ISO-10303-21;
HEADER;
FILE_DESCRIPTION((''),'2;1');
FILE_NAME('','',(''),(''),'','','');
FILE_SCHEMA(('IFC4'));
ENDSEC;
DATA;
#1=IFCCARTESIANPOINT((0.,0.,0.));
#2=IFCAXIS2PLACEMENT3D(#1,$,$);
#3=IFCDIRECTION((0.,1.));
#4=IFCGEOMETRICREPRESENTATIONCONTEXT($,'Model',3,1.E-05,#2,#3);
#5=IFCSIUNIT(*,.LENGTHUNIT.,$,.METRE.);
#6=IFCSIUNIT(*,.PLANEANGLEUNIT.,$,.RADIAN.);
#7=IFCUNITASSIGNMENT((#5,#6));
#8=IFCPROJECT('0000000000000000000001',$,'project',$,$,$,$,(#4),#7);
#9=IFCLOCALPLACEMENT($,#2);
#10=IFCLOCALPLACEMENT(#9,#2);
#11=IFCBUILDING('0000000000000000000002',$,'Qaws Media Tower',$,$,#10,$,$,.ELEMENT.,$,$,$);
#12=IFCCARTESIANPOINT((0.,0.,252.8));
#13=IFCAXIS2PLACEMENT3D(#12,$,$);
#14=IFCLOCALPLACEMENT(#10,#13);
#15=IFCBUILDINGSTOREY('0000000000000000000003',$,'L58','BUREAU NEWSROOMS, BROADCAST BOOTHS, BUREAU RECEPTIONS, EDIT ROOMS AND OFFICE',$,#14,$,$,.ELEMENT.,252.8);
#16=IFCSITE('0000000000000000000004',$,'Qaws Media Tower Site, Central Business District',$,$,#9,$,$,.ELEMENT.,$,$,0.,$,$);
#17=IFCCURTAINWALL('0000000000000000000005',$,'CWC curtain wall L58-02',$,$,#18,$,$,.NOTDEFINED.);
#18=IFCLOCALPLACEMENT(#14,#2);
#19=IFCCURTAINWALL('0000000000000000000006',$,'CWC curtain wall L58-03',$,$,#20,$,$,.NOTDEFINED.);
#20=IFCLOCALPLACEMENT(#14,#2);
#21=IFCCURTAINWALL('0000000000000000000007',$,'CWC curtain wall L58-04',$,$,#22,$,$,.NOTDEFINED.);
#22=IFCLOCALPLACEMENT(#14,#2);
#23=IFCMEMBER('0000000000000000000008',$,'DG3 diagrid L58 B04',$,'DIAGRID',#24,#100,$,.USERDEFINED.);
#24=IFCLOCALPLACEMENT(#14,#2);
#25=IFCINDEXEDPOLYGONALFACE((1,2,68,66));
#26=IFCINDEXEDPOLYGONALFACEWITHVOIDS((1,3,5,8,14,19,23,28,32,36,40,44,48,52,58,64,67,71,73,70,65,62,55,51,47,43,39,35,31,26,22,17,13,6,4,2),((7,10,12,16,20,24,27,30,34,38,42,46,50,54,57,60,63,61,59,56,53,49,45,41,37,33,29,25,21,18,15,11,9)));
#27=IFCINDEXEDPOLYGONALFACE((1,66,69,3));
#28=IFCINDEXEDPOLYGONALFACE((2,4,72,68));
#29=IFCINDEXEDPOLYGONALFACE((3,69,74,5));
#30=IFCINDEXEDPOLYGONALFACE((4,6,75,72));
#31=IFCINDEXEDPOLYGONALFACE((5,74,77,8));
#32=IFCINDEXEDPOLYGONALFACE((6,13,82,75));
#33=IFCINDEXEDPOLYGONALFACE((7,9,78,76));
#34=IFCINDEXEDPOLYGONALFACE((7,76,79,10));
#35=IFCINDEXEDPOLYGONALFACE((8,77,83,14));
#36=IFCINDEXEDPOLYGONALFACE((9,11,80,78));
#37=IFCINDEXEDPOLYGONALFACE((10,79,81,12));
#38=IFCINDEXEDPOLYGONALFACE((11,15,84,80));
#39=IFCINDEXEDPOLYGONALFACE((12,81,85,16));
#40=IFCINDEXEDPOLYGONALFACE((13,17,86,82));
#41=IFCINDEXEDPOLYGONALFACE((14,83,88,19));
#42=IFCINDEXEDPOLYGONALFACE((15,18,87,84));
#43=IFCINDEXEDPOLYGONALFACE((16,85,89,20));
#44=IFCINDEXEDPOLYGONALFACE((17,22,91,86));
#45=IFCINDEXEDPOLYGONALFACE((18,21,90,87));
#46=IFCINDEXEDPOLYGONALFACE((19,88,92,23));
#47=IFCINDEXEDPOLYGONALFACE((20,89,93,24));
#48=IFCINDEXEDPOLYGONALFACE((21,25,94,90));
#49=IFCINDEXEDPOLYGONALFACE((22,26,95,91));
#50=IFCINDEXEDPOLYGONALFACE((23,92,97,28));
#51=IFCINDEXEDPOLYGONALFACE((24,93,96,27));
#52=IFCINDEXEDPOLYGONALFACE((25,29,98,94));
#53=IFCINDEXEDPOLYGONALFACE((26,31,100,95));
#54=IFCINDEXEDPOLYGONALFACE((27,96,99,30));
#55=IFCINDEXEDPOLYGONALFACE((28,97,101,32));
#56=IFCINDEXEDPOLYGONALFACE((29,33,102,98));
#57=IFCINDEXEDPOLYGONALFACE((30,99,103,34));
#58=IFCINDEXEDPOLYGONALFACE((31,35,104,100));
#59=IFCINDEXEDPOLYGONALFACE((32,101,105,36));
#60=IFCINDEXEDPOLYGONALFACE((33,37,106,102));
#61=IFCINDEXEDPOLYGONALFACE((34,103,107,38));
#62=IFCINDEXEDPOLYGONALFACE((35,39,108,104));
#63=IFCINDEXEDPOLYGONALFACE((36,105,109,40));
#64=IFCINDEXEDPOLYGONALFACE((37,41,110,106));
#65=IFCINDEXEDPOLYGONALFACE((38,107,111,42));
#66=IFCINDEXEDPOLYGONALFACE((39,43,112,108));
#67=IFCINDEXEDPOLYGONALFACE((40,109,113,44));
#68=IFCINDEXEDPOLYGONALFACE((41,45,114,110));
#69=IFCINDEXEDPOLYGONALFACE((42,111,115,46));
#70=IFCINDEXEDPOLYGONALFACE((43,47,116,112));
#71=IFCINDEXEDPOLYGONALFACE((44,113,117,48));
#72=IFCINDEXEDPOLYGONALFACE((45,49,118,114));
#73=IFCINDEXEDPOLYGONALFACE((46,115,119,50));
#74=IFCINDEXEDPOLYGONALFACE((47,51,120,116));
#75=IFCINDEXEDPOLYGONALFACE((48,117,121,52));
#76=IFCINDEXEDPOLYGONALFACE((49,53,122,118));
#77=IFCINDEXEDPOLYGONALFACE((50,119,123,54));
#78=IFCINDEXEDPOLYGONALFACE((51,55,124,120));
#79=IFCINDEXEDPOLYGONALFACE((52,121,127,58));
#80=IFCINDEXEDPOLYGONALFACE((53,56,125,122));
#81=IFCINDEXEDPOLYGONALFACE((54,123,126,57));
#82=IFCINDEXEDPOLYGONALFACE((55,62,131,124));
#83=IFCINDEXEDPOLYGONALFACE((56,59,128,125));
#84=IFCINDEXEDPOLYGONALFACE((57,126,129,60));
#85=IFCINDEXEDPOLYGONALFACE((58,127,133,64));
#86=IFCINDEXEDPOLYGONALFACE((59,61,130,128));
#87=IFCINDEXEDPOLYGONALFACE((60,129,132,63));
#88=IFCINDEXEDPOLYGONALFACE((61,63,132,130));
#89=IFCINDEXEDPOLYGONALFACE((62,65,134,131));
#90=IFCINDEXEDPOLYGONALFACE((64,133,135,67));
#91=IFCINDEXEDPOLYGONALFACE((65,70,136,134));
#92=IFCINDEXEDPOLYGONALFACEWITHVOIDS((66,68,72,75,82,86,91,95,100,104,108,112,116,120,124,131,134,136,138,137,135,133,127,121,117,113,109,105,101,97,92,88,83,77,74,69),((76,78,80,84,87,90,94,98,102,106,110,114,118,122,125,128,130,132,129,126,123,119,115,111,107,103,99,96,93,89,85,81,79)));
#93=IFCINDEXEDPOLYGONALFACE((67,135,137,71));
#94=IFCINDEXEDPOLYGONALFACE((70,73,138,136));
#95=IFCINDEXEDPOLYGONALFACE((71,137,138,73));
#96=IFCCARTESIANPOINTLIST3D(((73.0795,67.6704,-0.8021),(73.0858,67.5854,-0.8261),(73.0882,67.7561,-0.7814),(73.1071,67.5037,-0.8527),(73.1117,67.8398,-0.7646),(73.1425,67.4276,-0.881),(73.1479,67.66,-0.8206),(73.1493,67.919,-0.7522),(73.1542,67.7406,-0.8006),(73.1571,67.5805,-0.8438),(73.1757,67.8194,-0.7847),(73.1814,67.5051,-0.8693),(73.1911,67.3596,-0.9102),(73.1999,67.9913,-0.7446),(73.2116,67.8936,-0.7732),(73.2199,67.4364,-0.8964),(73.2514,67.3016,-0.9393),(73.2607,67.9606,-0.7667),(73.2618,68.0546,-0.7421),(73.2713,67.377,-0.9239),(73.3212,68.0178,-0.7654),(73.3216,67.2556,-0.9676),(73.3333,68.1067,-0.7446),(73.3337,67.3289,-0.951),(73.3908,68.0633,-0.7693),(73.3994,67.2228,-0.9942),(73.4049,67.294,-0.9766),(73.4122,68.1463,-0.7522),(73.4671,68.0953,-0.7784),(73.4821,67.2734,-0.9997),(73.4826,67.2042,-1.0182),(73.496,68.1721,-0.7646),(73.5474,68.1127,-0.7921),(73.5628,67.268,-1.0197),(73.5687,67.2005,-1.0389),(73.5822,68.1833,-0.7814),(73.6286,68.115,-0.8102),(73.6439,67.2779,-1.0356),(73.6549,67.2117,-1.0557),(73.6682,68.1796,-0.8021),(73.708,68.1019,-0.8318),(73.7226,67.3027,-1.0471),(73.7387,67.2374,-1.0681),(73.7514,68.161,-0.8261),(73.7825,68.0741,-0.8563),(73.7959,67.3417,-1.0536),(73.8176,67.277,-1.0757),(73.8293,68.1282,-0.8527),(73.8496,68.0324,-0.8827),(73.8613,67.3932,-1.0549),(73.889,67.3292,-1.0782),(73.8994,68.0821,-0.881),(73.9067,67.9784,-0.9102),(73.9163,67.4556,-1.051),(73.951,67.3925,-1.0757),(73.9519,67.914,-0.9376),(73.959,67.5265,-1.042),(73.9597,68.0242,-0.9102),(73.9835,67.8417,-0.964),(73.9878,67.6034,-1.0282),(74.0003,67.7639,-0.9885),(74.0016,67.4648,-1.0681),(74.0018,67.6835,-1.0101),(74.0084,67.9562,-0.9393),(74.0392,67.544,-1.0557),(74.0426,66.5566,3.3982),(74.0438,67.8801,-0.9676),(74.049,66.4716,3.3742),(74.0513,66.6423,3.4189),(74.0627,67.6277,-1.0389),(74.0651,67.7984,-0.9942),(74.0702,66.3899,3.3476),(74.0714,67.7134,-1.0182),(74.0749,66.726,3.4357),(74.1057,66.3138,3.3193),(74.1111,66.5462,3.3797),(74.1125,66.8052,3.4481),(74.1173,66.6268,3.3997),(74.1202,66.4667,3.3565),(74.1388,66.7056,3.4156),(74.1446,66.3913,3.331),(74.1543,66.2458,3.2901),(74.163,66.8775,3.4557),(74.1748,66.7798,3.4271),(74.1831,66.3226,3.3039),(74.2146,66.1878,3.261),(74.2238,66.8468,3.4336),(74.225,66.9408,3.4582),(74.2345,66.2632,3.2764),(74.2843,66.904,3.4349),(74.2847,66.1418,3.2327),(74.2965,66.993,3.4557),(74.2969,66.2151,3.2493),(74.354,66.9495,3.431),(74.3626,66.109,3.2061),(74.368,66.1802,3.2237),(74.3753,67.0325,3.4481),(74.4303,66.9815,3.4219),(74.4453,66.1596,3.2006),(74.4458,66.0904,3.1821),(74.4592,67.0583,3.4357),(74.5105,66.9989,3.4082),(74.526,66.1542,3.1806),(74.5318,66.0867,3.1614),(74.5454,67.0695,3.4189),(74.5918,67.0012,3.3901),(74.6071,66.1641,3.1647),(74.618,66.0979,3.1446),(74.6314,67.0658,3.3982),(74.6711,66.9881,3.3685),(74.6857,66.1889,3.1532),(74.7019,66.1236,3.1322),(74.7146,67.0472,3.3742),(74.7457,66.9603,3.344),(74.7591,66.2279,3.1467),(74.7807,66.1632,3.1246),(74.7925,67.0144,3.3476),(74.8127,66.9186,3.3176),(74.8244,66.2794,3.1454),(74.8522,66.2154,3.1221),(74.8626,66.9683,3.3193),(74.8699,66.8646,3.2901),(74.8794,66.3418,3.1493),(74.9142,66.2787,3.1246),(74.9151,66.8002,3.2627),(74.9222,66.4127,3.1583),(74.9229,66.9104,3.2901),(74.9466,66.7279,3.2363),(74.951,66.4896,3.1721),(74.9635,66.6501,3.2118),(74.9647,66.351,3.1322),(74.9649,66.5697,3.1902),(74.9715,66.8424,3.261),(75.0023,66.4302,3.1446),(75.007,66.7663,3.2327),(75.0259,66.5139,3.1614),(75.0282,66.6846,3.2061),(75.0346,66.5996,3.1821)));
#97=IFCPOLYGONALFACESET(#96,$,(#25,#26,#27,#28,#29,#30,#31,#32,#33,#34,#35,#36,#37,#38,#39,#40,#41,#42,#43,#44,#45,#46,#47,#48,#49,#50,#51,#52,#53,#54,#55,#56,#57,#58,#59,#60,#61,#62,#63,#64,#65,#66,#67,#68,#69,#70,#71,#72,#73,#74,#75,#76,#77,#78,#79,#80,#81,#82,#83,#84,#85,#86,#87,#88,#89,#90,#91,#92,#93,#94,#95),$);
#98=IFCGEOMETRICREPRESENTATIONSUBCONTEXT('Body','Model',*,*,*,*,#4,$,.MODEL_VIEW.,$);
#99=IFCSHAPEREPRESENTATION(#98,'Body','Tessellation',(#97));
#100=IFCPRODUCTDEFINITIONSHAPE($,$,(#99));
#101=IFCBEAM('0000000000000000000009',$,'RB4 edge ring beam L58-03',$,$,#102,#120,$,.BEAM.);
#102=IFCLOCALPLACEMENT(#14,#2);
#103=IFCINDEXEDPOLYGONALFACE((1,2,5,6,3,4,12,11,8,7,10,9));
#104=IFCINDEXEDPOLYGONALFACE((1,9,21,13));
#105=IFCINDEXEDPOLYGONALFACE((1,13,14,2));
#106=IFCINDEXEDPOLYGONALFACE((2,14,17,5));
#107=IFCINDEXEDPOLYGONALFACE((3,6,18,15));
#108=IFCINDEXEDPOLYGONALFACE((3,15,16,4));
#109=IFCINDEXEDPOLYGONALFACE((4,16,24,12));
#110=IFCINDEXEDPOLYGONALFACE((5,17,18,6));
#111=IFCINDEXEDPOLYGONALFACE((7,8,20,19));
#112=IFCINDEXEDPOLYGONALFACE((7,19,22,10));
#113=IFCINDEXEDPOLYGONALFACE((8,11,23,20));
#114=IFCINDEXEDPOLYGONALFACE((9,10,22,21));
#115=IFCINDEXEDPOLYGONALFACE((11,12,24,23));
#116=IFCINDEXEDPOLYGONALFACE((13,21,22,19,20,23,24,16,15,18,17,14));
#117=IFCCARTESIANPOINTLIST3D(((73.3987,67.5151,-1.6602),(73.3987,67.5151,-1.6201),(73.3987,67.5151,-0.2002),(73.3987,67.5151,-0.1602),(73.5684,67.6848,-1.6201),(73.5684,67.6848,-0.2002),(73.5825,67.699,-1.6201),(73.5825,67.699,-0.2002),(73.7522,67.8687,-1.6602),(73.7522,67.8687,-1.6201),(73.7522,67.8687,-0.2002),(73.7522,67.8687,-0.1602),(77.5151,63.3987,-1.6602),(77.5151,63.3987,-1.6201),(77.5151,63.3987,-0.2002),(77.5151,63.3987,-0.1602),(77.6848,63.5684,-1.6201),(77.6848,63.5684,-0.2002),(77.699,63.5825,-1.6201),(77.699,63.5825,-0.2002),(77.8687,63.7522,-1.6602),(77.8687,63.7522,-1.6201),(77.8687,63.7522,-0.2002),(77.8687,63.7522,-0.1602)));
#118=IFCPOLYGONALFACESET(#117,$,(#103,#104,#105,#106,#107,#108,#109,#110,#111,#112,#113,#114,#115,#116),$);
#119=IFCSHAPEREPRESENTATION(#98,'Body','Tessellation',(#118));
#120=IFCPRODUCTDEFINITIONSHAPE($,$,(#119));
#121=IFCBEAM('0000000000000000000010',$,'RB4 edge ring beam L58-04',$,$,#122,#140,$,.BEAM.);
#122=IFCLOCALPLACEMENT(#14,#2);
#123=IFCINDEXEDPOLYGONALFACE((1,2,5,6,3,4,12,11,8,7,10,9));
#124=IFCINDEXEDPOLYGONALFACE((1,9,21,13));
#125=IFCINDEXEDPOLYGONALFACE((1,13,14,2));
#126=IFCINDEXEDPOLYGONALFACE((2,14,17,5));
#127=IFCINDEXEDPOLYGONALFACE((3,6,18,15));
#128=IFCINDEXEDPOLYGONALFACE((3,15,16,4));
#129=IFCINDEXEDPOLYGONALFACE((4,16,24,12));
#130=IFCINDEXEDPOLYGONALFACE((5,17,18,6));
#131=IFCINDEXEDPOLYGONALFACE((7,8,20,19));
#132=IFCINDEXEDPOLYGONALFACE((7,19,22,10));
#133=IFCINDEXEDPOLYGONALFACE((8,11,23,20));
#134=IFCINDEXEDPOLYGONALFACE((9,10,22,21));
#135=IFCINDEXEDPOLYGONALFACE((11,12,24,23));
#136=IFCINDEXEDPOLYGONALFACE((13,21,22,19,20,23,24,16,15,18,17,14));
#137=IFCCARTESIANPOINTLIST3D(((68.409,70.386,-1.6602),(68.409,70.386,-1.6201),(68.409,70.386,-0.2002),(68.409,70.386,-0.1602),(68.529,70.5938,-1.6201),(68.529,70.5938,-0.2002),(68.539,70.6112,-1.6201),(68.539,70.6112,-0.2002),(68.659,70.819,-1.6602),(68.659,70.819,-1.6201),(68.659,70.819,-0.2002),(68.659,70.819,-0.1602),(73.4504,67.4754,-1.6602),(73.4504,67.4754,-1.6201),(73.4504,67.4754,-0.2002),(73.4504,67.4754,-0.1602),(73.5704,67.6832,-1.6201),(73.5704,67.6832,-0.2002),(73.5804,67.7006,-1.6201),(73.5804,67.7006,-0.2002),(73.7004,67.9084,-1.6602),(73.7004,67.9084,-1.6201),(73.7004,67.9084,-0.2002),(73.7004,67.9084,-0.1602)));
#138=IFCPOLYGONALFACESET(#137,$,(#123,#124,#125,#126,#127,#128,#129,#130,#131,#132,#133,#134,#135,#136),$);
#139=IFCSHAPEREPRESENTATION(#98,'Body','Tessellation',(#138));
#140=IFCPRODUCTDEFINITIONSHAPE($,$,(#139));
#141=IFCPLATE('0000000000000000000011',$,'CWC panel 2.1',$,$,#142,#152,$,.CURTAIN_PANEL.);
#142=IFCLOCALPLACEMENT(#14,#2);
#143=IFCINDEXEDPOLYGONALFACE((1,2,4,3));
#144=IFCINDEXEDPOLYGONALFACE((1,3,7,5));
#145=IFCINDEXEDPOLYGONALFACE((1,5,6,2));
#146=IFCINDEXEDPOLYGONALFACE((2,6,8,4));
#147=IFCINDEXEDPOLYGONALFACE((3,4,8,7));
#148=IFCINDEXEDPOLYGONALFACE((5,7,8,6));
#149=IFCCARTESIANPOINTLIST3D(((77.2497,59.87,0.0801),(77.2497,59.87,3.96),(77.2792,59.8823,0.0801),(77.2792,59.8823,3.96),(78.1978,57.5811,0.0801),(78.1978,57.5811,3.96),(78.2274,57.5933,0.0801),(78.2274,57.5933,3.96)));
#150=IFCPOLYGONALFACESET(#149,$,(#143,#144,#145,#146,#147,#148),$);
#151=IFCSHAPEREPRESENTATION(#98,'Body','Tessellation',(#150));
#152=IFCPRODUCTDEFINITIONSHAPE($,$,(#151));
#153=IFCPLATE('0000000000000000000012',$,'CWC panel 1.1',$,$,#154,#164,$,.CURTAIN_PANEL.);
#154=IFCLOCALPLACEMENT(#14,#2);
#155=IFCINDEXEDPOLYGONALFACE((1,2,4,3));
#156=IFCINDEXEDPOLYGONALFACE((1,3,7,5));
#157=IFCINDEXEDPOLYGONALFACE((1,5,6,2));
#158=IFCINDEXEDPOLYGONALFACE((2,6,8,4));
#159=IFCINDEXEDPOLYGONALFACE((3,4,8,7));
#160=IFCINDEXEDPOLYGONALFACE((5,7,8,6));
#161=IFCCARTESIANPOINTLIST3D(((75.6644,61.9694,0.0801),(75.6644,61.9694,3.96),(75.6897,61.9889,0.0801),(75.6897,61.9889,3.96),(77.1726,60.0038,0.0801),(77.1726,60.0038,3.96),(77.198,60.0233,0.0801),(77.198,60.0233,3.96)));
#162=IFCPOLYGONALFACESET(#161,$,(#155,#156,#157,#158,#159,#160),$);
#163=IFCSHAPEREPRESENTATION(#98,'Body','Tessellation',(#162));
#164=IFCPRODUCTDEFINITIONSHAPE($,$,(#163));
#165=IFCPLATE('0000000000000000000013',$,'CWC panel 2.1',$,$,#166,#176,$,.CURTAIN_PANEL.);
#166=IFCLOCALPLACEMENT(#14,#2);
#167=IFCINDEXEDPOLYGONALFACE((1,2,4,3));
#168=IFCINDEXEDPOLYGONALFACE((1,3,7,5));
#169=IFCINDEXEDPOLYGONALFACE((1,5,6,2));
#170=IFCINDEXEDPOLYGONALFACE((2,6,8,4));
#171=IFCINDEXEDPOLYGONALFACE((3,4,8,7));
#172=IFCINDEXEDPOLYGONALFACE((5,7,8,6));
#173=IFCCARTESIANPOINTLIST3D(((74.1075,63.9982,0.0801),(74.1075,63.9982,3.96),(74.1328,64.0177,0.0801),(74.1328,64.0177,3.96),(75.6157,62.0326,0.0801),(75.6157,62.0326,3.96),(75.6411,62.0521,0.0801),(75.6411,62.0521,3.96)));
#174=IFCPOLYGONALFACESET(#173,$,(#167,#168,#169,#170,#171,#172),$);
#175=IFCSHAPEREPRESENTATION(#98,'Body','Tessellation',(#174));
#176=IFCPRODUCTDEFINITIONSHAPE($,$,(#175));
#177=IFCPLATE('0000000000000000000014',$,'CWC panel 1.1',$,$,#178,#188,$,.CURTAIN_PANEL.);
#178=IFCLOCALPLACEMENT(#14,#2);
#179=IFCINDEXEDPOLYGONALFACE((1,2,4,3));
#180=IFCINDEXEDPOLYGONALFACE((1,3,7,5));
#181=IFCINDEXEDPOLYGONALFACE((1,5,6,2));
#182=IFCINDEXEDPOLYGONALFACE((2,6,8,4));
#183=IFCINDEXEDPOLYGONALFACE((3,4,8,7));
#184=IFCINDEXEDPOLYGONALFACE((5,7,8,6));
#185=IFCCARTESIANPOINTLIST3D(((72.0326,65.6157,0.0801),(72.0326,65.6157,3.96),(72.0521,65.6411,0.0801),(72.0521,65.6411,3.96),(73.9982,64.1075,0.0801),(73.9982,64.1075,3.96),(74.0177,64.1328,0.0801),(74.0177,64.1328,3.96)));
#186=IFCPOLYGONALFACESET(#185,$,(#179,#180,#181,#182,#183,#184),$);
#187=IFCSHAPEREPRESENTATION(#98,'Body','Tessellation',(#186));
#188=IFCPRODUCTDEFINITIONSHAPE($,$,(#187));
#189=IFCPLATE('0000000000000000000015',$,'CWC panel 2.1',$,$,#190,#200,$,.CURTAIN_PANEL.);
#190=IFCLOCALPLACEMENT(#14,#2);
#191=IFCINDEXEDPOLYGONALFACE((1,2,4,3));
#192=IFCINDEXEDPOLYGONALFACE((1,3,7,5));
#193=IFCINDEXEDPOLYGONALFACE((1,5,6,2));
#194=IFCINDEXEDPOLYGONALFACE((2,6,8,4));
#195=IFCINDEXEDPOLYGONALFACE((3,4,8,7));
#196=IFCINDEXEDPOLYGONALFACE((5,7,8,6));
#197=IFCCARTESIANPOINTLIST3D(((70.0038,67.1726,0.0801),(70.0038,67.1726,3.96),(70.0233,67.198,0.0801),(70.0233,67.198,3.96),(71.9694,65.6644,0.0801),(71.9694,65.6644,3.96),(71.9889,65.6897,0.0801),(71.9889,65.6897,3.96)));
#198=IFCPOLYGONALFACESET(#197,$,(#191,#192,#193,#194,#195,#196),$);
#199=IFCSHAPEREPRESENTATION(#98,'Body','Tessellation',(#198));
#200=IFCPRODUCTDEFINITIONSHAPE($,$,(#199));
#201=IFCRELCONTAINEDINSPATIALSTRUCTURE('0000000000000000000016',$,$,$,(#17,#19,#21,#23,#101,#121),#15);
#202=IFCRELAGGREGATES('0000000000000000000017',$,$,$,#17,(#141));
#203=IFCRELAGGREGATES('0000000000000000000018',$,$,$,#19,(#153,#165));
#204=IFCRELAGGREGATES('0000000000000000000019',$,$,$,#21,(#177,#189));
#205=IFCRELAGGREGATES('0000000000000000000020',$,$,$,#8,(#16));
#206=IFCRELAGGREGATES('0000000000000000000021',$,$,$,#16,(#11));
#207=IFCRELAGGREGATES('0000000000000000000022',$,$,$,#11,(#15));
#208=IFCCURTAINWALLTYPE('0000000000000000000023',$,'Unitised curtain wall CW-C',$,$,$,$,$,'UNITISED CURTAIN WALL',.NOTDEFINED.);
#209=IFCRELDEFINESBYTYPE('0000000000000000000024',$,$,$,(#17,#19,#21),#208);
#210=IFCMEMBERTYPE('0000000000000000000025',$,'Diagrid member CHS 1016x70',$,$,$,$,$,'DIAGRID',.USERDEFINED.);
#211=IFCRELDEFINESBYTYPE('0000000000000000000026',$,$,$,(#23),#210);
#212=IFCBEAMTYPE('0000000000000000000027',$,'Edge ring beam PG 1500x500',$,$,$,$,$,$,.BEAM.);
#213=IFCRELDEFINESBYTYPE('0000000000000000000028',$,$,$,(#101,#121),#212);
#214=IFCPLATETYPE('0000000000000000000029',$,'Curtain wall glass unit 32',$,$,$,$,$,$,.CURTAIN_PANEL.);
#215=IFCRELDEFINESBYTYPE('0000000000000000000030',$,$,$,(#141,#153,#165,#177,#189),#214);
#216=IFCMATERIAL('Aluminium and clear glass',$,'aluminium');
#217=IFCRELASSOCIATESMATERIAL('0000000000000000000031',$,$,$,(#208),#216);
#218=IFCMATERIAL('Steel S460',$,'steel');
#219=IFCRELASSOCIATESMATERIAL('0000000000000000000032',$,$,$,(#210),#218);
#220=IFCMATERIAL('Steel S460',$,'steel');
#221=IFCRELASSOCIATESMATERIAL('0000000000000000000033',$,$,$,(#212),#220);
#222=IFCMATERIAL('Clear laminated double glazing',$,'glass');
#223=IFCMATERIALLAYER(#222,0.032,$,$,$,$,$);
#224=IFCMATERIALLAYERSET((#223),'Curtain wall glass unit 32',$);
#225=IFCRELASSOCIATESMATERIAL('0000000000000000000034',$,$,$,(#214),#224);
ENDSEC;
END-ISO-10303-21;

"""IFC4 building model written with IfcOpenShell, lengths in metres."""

from ifc_helpers import new_model, si_unit, direction, frame, origin, origin_2d, place, context, subcontext, project, spatial, rectangle, hollow_circle, i_section, extrude, material, layer, layer_set, material_profile, profile_set, type_object, element, aggregate, save


model = new_model("IFC4")

# Units and contexts
model_context = context("Model", 3, precision=1e-05, world=origin(), true_north=direction((0.0, 1.0)))
body_context = subcontext(model_context, "Body", "Model", "MODEL_VIEW")
ifc_project = project(units=[si_unit("LENGTHUNIT", "METRE"), si_unit("PLANEANGLEUNIT", "RADIAN")], contexts=[model_context])

# Site, building, storey
site_placement = place(None, origin())
site = spatial("IfcSite", under=ifc_project, at=site_placement, Name="Qaws Media Tower Site, Central Business District", CompositionType="ELEMENT", RefElevation=0.0)
building_placement = place(site_placement, origin())
building = spatial("IfcBuilding", under=site, at=building_placement, Name="Qaws Media Tower", CompositionType="ELEMENT")
storey_placement = place(building_placement, frame((0.0, 0.0, 252.8)))
storey = spatial("IfcBuildingStorey", under=building, at=storey_placement, Name="L58", Description="BUREAU NEWSROOMS, BROADCAST BOOTHS, BUREAU RECEPTIONS, EDIT ROOMS AND OFFICE", CompositionType="ELEMENT", Elevation=252.8)

# Curtain wall
ifc_material_1 = material(Name="Aluminium and clear glass", Category="aluminium")
curtain_wall_type = type_object("IfcCurtainWallType", Name="Unitised curtain wall CW-C", ElementType="UNITISED CURTAIN WALL", PredefinedType="NOTDEFINED", material=ifc_material_1)
curtain_wall_1_placement = place(storey_placement, origin())
curtain_wall_1 = element("IfcCurtainWall", 1, at=curtain_wall_1_placement, inside=storey, type_object=curtain_wall_type, Name="CWC curtain wall L58-02", PredefinedType="NOTDEFINED")

# Curtain walls
curtain_wall_2_placement = place(storey_placement, origin())
curtain_wall_2 = element("IfcCurtainWall", 2, at=curtain_wall_2_placement, inside=storey, type_object=curtain_wall_type, Name="CWC curtain wall L58-03", PredefinedType="NOTDEFINED")
curtain_wall_3_placement = place(storey_placement, origin())
curtain_wall_3 = element("IfcCurtainWall", 3, at=curtain_wall_3_placement, inside=storey, type_object=curtain_wall_type, Name="CWC curtain wall L58-04", PredefinedType="NOTDEFINED")

# Member
ifc_material_2 = material(Name="Steel S460", Category="steel")
ifc_material_profile_1 = material_profile(ifc_material_2, hollow_circle(Radius=0.5081, WallThickness=0.0701, at=origin_2d()), Name="CHS 1016x70")
ifc_profile_set_1 = profile_set([ifc_material_profile_1], Name="Steel S460")
member_type_1 = type_object("IfcMemberType", Name="Diagrid member CHS 1016x70", ElementType="DIAGRID", PredefinedType="USERDEFINED", material=ifc_profile_set_1)
for number, where, z_axis, x_axis, name in (
    (4, (73.5754, 67.6919, -0.9102), (0.216395, -0.250239, 0.943691), (0.756405, 0.654103, 0.0), "DG3 diagrid L58 B04"),
):
    element("IfcMember", number, at=place(storey_placement, frame(where, z_axis=z_axis, x_axis=x_axis)), inside=storey, type_object=member_type_1, Name=name, ObjectType="DIAGRID", PredefinedType="USERDEFINED", context=body_context, shape_type="SweptSolid", body=[
        extrude(hollow_circle(Radius=0.5081, WallThickness=0.0701, at=origin_2d()), origin(), (0.0, 0.0, 1.0), 4.4509),
    ])

# Beams
ifc_material_3 = material(Name="Steel S460", Category="steel")
ifc_material_profile_2 = material_profile(ifc_material_3, i_section(OverallWidth=0.5, OverallDepth=1.5, WebThickness=0.02, FlangeThickness=0.04, at=origin_2d()), Name="PG 1500x500")
ifc_profile_set_2 = profile_set([ifc_material_profile_2], Name="Steel S460")
beam_type = type_object("IfcBeamType", Name="Edge ring beam PG 1500x500", PredefinedType="BEAM", material=ifc_profile_set_2)
beam_1_placement = place(storey_placement, frame((77.6919, 63.5754, -0.9102), z_axis=(-0.707107, 0.707107, 0.0), x_axis=(-0.707107, -0.707107, 0.0)))
element("IfcBeam", 5, at=beam_1_placement, inside=storey, type_object=beam_type, Name="RB4 edge ring beam L58-03", PredefinedType="BEAM", context=body_context, shape_type="SweptSolid", body=[
    extrude(i_section(OverallWidth=0.5, OverallDepth=1.5, WebThickness=0.02, FlangeThickness=0.04, at=origin_2d()), origin(), (0.0, 0.0, 1.0), 5.8215),
])
beam_2_placement = place(storey_placement, frame((73.5754, 67.6919, -0.9102), z_axis=(-0.866031, 0.499991, 0.0), x_axis=(-0.499991, -0.866031, 0.0)))
element("IfcBeam", 6, at=beam_2_placement, inside=storey, type_object=beam_type, Name="RB4 edge ring beam L58-04", PredefinedType="BEAM", context=body_context, shape_type="SweptSolid", body=[
    extrude(i_section(OverallWidth=0.5, OverallDepth=1.5, WebThickness=0.02, FlangeThickness=0.04, at=origin_2d()), origin(), (0.0, 0.0, 1.0), 5.8213),
])

# Plates
ifc_material_4 = material(Name="Clear laminated double glazing", Category="glass")
ifc_layer_1 = layer(ifc_material_4, 0.032)
ifc_layer_set_1 = layer_set([ifc_layer_1], Name="Curtain wall glass unit 32")
plate_type_1 = type_object("IfcPlateType", Name="Curtain wall glass unit 32", PredefinedType="CURTAIN_PANEL", material=ifc_layer_set_1)
plate_1_placement = place(storey_placement, frame((77.7385, 58.7317, 0.0801), z_axis=(0.0, 0.0, 1.0), x_axis=(-0.382683, 0.92388, 0.0)))
plate_1 = element("IfcPlate", 7, at=plate_1_placement, type_object=plate_type_1, Name="CWC panel 2.1", PredefinedType="CURTAIN_PANEL", context=body_context, shape_type="SweptSolid", body=[
    extrude(rectangle(XDim=2.4775, YDim=0.032, at=origin_2d()), origin(), (0.0, 0.0, 1.0), 3.8799),
])
aggregate(curtain_wall_1, [plate_1])
plate_2_placement = place(storey_placement, frame((76.4312, 60.9963, 0.0801), z_axis=(0.0, 0.0, 1.0), x_axis=(-0.608761, 0.793353, 0.0)))
plate_2 = element("IfcPlate", 8, at=plate_2_placement, type_object=plate_type_1, Name="CWC panel 1.1", PredefinedType="CURTAIN_PANEL", context=body_context, shape_type="SweptSolid", body=[
    extrude(rectangle(XDim=2.4775, YDim=0.032, at=origin_2d()), origin(), (0.0, 0.0, 1.0), 3.8799),
])
plate_3_placement = place(storey_placement, frame((74.8743, 63.0251, 0.0801), z_axis=(0.0, 0.0, 1.0), x_axis=(-0.608761, 0.793353, 0.0)))
plate_3 = element("IfcPlate", 9, at=plate_3_placement, type_object=plate_type_1, Name="CWC panel 2.1", PredefinedType="CURTAIN_PANEL", context=body_context, shape_type="SweptSolid", body=[
    extrude(rectangle(XDim=2.4775, YDim=0.032, at=origin_2d()), origin(), (0.0, 0.0, 1.0), 3.8799),
])
aggregate(curtain_wall_2, [plate_2, plate_3])
plate_4_placement = place(storey_placement, frame((73.0251, 64.8743, 0.0801), z_axis=(0.0, 0.0, 1.0), x_axis=(-0.793353, 0.608761, 0.0)))
plate_4 = element("IfcPlate", 10, at=plate_4_placement, type_object=plate_type_1, Name="CWC panel 1.1", PredefinedType="CURTAIN_PANEL", context=body_context, shape_type="SweptSolid", body=[
    extrude(rectangle(XDim=2.4775, YDim=0.032, at=origin_2d()), origin(), (0.0, 0.0, 1.0), 3.8799),
])
plate_5_placement = place(storey_placement, frame((70.9963, 66.4312, 0.0801), z_axis=(0.0, 0.0, 1.0), x_axis=(-0.793353, 0.608761, 0.0)))
plate_5 = element("IfcPlate", 11, at=plate_5_placement, type_object=plate_type_1, Name="CWC panel 2.1", PredefinedType="CURTAIN_PANEL", context=body_context, shape_type="SweptSolid", body=[
    extrude(rectangle(XDim=2.4775, YDim=0.032, at=origin_2d()), origin(), (0.0, 0.0, 1.0), 3.8799),
])
aggregate(curtain_wall_3, [plate_4, plate_5])

save(model, "model.ifc")
